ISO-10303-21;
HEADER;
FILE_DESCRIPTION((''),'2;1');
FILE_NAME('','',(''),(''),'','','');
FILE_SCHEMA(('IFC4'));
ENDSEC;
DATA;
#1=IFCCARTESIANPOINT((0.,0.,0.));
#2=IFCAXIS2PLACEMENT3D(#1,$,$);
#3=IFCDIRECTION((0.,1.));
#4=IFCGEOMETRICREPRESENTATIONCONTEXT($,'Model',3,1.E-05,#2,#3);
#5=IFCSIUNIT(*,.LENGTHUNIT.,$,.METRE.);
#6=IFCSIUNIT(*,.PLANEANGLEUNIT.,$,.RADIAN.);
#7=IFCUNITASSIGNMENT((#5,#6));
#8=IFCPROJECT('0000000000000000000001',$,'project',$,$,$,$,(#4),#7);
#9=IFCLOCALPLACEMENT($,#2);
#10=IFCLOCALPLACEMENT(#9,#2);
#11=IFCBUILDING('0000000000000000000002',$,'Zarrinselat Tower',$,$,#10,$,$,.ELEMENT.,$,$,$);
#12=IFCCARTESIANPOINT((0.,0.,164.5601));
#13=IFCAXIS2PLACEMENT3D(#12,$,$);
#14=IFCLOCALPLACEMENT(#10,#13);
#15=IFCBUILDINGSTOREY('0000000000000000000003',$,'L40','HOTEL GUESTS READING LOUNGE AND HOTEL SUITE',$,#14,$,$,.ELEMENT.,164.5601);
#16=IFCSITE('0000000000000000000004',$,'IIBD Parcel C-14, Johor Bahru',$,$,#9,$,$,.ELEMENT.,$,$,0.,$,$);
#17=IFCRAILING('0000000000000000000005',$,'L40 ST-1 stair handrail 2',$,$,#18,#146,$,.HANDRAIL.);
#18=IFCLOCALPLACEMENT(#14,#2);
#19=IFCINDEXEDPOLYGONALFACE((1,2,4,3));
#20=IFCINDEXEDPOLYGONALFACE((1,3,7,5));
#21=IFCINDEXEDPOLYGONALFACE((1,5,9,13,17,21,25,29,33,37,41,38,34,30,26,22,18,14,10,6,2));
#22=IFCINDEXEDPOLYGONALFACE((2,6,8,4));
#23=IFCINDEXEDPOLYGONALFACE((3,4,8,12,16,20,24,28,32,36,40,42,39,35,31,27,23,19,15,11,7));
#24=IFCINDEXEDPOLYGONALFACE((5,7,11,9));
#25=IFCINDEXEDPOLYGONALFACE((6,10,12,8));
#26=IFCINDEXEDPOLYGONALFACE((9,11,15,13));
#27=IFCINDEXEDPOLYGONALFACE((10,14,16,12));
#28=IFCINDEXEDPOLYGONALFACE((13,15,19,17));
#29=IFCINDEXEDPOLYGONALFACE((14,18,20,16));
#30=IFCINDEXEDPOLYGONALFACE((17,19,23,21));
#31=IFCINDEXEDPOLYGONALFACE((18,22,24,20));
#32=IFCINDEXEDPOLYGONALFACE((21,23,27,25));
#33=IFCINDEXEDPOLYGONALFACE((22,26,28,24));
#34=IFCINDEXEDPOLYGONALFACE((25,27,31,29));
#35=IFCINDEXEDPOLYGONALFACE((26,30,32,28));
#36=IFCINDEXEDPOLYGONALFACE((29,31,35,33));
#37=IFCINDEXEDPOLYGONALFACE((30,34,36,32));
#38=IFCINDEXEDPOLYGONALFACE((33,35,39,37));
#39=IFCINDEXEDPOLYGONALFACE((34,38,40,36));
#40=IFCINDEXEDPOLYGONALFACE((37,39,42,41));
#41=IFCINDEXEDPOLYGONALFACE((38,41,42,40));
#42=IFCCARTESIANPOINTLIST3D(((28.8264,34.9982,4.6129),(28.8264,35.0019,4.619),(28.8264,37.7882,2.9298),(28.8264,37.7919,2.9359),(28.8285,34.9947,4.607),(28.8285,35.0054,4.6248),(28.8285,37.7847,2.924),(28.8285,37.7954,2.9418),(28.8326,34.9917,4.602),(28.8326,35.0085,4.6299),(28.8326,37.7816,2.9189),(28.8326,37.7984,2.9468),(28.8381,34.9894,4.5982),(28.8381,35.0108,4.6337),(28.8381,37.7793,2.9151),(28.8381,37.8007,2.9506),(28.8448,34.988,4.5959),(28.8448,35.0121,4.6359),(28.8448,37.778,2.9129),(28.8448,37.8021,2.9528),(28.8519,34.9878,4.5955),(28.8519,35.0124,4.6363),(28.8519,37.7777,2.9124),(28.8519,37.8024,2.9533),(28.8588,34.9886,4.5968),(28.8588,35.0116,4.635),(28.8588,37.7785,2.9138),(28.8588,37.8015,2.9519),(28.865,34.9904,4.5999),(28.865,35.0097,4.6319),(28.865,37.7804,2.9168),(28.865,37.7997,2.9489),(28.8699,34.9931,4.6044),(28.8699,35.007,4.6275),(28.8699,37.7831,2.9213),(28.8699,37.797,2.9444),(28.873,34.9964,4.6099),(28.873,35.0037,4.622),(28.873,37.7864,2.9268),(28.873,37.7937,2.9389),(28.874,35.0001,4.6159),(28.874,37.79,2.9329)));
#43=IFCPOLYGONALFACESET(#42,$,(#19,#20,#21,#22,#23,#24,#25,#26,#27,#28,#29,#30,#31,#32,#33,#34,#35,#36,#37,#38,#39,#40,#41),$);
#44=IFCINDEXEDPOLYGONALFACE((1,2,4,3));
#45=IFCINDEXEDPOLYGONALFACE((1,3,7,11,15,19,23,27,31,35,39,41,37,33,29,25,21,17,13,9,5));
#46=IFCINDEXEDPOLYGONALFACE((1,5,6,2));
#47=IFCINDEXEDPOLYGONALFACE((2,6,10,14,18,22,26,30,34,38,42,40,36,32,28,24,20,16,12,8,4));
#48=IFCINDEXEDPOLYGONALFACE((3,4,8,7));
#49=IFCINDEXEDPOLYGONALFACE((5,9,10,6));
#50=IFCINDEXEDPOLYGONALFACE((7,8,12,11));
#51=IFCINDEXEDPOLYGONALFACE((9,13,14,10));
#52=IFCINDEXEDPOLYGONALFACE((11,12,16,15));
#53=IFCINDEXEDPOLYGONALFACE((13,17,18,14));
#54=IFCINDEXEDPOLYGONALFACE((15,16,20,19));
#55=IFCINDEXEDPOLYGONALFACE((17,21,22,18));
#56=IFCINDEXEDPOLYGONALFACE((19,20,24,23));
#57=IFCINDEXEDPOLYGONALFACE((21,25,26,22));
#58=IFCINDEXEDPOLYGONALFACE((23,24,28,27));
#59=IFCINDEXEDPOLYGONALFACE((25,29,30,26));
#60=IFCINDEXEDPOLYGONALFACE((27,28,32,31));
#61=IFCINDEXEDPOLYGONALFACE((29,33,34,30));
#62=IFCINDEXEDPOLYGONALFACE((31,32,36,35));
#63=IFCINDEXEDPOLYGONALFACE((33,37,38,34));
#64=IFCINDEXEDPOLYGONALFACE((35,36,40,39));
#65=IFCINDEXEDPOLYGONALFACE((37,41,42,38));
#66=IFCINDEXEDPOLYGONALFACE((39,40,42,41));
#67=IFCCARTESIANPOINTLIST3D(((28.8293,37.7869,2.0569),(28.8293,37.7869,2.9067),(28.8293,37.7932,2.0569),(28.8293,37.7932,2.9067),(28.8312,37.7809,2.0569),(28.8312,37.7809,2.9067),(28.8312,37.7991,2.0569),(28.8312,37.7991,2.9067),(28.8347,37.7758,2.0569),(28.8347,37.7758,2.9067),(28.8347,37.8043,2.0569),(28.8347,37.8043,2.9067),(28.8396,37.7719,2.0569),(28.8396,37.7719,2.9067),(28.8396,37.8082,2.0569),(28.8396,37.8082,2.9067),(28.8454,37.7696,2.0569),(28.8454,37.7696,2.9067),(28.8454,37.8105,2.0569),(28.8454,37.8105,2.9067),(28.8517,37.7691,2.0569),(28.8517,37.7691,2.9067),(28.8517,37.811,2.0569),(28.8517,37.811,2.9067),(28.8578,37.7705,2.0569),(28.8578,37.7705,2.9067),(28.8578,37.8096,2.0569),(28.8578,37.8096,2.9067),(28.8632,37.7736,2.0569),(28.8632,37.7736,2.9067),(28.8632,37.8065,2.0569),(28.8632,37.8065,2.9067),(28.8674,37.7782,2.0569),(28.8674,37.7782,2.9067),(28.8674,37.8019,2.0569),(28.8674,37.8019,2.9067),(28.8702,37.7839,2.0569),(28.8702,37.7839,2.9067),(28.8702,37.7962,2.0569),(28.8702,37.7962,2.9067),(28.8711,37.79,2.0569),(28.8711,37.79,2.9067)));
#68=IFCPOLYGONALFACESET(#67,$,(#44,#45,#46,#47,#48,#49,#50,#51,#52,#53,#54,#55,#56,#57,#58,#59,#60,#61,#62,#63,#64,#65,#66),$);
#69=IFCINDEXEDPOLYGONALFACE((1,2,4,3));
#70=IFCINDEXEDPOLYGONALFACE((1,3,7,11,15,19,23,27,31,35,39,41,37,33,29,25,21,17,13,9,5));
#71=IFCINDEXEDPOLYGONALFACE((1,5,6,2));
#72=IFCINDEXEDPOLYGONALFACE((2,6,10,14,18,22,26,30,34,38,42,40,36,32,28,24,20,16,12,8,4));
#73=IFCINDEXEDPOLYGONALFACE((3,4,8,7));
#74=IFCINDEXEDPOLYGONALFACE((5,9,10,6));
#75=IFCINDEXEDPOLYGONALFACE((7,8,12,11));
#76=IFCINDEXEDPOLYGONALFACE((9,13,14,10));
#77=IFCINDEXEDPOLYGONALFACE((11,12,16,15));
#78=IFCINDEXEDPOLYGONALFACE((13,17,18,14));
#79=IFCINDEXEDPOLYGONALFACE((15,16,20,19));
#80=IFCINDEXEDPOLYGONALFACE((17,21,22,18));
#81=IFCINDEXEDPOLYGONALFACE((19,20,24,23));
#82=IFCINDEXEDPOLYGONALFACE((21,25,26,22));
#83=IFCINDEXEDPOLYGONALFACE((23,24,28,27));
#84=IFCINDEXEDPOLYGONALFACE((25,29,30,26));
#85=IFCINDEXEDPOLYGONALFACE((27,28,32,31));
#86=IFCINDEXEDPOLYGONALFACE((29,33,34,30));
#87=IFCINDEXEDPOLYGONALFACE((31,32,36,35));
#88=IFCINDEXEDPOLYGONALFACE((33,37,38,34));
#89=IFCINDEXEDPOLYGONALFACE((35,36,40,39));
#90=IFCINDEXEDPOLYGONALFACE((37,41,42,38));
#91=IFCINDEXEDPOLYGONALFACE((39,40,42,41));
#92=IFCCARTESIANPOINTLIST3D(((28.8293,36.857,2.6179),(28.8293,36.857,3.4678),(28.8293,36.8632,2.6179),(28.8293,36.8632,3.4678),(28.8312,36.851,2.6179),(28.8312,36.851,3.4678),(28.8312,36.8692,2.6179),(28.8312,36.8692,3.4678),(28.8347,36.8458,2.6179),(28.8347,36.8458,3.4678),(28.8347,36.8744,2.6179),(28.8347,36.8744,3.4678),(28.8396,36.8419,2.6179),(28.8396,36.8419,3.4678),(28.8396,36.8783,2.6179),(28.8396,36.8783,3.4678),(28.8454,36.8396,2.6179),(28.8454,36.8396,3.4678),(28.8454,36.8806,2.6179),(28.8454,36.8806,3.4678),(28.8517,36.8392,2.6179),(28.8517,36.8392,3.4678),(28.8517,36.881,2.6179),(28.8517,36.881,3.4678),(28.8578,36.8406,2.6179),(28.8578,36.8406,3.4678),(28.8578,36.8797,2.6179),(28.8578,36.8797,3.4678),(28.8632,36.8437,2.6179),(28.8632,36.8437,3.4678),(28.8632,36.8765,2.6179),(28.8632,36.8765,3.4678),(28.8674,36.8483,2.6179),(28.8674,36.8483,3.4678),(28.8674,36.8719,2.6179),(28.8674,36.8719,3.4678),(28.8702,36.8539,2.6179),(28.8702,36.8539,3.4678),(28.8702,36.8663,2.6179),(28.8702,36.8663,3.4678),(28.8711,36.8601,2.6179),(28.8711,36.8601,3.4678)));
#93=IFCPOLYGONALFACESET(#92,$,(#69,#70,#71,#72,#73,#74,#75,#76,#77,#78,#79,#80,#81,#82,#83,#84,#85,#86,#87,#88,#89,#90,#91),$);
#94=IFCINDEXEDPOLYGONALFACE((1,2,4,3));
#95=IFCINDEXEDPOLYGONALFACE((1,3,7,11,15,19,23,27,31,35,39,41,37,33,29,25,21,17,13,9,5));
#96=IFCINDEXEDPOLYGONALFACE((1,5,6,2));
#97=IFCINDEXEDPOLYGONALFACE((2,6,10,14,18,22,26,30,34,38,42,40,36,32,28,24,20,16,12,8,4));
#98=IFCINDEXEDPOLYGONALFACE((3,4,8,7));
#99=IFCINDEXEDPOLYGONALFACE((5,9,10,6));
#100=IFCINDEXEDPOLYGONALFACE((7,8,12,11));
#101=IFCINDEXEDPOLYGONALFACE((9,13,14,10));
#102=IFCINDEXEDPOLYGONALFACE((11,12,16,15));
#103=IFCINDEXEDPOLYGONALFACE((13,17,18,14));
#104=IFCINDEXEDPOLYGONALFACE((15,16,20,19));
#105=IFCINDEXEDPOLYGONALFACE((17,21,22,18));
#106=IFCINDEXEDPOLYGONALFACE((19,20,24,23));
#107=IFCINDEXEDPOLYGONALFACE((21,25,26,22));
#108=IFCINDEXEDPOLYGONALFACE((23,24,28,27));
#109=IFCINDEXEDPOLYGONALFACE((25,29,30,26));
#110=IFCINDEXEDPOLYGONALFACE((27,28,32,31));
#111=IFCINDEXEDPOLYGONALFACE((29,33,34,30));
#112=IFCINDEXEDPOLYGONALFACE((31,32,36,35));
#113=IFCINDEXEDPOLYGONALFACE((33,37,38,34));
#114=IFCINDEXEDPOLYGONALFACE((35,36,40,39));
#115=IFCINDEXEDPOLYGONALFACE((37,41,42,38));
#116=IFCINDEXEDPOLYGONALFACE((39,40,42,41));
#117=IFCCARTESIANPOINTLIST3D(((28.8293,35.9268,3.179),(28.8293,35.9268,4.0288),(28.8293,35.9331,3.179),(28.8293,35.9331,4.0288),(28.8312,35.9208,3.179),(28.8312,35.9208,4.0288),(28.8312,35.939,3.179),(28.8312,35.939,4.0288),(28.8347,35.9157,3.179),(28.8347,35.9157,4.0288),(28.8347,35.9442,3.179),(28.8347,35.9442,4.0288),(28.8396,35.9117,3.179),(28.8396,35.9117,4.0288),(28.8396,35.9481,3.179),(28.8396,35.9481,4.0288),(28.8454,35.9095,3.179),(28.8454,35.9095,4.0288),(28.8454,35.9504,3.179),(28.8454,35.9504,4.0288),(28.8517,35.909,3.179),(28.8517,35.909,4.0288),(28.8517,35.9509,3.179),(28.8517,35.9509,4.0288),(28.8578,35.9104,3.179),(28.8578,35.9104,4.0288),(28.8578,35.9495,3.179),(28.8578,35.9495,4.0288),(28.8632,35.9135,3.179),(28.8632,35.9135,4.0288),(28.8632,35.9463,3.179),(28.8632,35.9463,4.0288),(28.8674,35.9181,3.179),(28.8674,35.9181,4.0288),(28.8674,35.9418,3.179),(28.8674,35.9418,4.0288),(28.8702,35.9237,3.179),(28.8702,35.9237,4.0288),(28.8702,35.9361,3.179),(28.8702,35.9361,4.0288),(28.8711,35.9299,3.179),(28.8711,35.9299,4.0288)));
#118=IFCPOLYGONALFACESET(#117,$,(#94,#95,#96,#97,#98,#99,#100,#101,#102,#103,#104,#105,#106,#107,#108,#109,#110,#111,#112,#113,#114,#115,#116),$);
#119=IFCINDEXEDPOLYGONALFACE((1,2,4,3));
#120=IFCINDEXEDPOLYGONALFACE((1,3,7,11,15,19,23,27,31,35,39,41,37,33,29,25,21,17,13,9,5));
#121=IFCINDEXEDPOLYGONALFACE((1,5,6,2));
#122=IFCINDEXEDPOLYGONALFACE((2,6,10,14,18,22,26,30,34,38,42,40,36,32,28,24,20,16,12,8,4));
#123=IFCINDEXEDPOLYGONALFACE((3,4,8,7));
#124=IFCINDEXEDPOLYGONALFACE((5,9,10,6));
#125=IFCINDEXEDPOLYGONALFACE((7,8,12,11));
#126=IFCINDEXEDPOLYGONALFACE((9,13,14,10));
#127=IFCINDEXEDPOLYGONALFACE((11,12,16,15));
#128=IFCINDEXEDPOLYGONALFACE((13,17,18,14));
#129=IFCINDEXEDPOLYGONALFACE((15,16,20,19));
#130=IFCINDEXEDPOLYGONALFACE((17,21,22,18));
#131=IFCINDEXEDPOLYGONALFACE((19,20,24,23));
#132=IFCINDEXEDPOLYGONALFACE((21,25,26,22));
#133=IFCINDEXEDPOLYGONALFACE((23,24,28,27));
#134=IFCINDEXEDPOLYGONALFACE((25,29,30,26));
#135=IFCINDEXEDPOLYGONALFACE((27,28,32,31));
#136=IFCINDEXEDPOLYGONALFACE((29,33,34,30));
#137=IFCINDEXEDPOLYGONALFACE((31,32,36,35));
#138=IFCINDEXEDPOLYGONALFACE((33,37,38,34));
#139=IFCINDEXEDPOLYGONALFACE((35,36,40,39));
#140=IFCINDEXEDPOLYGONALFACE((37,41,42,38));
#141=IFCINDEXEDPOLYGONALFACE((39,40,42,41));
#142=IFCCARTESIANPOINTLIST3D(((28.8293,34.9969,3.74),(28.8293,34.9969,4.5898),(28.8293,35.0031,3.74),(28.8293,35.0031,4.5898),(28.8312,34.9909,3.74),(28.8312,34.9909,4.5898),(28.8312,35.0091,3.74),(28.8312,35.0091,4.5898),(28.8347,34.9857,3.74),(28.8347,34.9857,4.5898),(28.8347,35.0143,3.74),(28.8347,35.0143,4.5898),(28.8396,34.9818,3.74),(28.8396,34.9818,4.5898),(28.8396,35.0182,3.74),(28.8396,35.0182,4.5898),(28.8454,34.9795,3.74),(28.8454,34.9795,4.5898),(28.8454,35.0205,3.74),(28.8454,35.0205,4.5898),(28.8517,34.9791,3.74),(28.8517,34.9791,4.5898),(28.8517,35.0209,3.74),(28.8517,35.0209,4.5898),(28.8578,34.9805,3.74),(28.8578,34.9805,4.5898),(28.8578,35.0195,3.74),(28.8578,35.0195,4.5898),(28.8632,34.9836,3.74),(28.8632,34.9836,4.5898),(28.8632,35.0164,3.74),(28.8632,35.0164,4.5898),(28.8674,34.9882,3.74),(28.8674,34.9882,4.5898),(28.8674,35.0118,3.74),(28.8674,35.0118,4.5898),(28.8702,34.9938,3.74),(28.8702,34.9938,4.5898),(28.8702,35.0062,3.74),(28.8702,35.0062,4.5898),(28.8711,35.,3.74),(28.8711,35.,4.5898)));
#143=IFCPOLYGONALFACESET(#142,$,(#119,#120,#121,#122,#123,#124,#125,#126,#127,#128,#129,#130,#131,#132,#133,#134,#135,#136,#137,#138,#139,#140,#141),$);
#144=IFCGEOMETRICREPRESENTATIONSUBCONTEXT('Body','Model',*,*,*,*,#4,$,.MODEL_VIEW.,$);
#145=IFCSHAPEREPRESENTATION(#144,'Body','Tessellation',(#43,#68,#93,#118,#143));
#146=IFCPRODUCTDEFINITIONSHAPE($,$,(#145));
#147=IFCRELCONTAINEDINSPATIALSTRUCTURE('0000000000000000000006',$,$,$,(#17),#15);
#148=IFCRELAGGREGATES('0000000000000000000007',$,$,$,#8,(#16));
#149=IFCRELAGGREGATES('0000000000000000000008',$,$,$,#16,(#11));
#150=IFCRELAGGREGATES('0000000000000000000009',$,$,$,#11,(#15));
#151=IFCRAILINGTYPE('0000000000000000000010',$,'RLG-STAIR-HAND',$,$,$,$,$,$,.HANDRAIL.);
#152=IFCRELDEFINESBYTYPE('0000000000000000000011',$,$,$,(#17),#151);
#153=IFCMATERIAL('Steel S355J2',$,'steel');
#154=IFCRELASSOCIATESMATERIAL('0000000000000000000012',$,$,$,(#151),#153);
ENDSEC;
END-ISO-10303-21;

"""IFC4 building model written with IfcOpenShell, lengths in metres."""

from ifc_helpers import new_model, si_unit, direction, frame, origin, origin_2d, place, context, subcontext, project, spatial, circle, extrude, material, type_object, element, save


model = new_model("IFC4")

# Units and contexts
model_context = context("Model", 3, precision=1e-05, world=origin(), true_north=direction((0.0, 1.0)))
body_context = subcontext(model_context, "Body", "Model", "MODEL_VIEW")
ifc_project = project(units=[si_unit("LENGTHUNIT", "METRE"), si_unit("PLANEANGLEUNIT", "RADIAN")], contexts=[model_context])

# Site, building, storey
site_placement = place(None, origin())
site = spatial("IfcSite", under=ifc_project, at=site_placement, Name="IIBD Parcel C-14, Johor Bahru", CompositionType="ELEMENT", RefElevation=0.0)
building_placement = place(site_placement, origin())
building = spatial("IfcBuilding", under=site, at=building_placement, Name="Zarrinselat Tower", CompositionType="ELEMENT")
storey_placement = place(building_placement, frame((0.0, 0.0, 164.5601)))
storey = spatial("IfcBuildingStorey", under=building, at=storey_placement, Name="L40", Description="HOTEL GUESTS READING LOUNGE AND HOTEL SUITE", CompositionType="ELEMENT", Elevation=164.5601)

# Railing
ifc_material_1 = material(Name="Steel S355J2", Category="steel")
railing_type_1 = type_object("IfcRailingType", Name="RLG-STAIR-HAND", PredefinedType="HANDRAIL", material=ifc_material_1)
railing_1_placement = place(storey_placement, frame((28.8501, 37.79, 2.0569)))
element("IfcRailing", 1, at=railing_1_placement, inside=storey, type_object=railing_type_1, Name="L40 ST-1 stair handrail 2", PredefinedType="HANDRAIL", context=body_context, shape_type="SweptSolid", body=[
    extrude(circle(Radius=0.0239, at=origin_2d()), frame((0.0, 0.0, 0.876), z_axis=(0.0, -0.856261, 0.516544), x_axis=(1.0, 0.0, 0.0)), (0.0, 0.0, 1.0), 3.2583),
    extrude(circle(Radius=0.021, at=origin_2d()), origin(), (0.0, 0.0, 1.0), 0.8499),
    extrude(circle(Radius=0.021, at=origin_2d()), frame((0.0, -0.9299, 0.561)), (0.0, 0.0, 1.0), 0.8499),
    extrude(circle(Radius=0.021, at=origin_2d()), frame((0.0, -1.8601, 1.1221)), (0.0, 0.0, 1.0), 0.8499),
    extrude(circle(Radius=0.021, at=origin_2d()), frame((0.0, -2.79, 1.6831)), (0.0, 0.0, 1.0), 0.8499),
])

save(model, "model.ifc")
